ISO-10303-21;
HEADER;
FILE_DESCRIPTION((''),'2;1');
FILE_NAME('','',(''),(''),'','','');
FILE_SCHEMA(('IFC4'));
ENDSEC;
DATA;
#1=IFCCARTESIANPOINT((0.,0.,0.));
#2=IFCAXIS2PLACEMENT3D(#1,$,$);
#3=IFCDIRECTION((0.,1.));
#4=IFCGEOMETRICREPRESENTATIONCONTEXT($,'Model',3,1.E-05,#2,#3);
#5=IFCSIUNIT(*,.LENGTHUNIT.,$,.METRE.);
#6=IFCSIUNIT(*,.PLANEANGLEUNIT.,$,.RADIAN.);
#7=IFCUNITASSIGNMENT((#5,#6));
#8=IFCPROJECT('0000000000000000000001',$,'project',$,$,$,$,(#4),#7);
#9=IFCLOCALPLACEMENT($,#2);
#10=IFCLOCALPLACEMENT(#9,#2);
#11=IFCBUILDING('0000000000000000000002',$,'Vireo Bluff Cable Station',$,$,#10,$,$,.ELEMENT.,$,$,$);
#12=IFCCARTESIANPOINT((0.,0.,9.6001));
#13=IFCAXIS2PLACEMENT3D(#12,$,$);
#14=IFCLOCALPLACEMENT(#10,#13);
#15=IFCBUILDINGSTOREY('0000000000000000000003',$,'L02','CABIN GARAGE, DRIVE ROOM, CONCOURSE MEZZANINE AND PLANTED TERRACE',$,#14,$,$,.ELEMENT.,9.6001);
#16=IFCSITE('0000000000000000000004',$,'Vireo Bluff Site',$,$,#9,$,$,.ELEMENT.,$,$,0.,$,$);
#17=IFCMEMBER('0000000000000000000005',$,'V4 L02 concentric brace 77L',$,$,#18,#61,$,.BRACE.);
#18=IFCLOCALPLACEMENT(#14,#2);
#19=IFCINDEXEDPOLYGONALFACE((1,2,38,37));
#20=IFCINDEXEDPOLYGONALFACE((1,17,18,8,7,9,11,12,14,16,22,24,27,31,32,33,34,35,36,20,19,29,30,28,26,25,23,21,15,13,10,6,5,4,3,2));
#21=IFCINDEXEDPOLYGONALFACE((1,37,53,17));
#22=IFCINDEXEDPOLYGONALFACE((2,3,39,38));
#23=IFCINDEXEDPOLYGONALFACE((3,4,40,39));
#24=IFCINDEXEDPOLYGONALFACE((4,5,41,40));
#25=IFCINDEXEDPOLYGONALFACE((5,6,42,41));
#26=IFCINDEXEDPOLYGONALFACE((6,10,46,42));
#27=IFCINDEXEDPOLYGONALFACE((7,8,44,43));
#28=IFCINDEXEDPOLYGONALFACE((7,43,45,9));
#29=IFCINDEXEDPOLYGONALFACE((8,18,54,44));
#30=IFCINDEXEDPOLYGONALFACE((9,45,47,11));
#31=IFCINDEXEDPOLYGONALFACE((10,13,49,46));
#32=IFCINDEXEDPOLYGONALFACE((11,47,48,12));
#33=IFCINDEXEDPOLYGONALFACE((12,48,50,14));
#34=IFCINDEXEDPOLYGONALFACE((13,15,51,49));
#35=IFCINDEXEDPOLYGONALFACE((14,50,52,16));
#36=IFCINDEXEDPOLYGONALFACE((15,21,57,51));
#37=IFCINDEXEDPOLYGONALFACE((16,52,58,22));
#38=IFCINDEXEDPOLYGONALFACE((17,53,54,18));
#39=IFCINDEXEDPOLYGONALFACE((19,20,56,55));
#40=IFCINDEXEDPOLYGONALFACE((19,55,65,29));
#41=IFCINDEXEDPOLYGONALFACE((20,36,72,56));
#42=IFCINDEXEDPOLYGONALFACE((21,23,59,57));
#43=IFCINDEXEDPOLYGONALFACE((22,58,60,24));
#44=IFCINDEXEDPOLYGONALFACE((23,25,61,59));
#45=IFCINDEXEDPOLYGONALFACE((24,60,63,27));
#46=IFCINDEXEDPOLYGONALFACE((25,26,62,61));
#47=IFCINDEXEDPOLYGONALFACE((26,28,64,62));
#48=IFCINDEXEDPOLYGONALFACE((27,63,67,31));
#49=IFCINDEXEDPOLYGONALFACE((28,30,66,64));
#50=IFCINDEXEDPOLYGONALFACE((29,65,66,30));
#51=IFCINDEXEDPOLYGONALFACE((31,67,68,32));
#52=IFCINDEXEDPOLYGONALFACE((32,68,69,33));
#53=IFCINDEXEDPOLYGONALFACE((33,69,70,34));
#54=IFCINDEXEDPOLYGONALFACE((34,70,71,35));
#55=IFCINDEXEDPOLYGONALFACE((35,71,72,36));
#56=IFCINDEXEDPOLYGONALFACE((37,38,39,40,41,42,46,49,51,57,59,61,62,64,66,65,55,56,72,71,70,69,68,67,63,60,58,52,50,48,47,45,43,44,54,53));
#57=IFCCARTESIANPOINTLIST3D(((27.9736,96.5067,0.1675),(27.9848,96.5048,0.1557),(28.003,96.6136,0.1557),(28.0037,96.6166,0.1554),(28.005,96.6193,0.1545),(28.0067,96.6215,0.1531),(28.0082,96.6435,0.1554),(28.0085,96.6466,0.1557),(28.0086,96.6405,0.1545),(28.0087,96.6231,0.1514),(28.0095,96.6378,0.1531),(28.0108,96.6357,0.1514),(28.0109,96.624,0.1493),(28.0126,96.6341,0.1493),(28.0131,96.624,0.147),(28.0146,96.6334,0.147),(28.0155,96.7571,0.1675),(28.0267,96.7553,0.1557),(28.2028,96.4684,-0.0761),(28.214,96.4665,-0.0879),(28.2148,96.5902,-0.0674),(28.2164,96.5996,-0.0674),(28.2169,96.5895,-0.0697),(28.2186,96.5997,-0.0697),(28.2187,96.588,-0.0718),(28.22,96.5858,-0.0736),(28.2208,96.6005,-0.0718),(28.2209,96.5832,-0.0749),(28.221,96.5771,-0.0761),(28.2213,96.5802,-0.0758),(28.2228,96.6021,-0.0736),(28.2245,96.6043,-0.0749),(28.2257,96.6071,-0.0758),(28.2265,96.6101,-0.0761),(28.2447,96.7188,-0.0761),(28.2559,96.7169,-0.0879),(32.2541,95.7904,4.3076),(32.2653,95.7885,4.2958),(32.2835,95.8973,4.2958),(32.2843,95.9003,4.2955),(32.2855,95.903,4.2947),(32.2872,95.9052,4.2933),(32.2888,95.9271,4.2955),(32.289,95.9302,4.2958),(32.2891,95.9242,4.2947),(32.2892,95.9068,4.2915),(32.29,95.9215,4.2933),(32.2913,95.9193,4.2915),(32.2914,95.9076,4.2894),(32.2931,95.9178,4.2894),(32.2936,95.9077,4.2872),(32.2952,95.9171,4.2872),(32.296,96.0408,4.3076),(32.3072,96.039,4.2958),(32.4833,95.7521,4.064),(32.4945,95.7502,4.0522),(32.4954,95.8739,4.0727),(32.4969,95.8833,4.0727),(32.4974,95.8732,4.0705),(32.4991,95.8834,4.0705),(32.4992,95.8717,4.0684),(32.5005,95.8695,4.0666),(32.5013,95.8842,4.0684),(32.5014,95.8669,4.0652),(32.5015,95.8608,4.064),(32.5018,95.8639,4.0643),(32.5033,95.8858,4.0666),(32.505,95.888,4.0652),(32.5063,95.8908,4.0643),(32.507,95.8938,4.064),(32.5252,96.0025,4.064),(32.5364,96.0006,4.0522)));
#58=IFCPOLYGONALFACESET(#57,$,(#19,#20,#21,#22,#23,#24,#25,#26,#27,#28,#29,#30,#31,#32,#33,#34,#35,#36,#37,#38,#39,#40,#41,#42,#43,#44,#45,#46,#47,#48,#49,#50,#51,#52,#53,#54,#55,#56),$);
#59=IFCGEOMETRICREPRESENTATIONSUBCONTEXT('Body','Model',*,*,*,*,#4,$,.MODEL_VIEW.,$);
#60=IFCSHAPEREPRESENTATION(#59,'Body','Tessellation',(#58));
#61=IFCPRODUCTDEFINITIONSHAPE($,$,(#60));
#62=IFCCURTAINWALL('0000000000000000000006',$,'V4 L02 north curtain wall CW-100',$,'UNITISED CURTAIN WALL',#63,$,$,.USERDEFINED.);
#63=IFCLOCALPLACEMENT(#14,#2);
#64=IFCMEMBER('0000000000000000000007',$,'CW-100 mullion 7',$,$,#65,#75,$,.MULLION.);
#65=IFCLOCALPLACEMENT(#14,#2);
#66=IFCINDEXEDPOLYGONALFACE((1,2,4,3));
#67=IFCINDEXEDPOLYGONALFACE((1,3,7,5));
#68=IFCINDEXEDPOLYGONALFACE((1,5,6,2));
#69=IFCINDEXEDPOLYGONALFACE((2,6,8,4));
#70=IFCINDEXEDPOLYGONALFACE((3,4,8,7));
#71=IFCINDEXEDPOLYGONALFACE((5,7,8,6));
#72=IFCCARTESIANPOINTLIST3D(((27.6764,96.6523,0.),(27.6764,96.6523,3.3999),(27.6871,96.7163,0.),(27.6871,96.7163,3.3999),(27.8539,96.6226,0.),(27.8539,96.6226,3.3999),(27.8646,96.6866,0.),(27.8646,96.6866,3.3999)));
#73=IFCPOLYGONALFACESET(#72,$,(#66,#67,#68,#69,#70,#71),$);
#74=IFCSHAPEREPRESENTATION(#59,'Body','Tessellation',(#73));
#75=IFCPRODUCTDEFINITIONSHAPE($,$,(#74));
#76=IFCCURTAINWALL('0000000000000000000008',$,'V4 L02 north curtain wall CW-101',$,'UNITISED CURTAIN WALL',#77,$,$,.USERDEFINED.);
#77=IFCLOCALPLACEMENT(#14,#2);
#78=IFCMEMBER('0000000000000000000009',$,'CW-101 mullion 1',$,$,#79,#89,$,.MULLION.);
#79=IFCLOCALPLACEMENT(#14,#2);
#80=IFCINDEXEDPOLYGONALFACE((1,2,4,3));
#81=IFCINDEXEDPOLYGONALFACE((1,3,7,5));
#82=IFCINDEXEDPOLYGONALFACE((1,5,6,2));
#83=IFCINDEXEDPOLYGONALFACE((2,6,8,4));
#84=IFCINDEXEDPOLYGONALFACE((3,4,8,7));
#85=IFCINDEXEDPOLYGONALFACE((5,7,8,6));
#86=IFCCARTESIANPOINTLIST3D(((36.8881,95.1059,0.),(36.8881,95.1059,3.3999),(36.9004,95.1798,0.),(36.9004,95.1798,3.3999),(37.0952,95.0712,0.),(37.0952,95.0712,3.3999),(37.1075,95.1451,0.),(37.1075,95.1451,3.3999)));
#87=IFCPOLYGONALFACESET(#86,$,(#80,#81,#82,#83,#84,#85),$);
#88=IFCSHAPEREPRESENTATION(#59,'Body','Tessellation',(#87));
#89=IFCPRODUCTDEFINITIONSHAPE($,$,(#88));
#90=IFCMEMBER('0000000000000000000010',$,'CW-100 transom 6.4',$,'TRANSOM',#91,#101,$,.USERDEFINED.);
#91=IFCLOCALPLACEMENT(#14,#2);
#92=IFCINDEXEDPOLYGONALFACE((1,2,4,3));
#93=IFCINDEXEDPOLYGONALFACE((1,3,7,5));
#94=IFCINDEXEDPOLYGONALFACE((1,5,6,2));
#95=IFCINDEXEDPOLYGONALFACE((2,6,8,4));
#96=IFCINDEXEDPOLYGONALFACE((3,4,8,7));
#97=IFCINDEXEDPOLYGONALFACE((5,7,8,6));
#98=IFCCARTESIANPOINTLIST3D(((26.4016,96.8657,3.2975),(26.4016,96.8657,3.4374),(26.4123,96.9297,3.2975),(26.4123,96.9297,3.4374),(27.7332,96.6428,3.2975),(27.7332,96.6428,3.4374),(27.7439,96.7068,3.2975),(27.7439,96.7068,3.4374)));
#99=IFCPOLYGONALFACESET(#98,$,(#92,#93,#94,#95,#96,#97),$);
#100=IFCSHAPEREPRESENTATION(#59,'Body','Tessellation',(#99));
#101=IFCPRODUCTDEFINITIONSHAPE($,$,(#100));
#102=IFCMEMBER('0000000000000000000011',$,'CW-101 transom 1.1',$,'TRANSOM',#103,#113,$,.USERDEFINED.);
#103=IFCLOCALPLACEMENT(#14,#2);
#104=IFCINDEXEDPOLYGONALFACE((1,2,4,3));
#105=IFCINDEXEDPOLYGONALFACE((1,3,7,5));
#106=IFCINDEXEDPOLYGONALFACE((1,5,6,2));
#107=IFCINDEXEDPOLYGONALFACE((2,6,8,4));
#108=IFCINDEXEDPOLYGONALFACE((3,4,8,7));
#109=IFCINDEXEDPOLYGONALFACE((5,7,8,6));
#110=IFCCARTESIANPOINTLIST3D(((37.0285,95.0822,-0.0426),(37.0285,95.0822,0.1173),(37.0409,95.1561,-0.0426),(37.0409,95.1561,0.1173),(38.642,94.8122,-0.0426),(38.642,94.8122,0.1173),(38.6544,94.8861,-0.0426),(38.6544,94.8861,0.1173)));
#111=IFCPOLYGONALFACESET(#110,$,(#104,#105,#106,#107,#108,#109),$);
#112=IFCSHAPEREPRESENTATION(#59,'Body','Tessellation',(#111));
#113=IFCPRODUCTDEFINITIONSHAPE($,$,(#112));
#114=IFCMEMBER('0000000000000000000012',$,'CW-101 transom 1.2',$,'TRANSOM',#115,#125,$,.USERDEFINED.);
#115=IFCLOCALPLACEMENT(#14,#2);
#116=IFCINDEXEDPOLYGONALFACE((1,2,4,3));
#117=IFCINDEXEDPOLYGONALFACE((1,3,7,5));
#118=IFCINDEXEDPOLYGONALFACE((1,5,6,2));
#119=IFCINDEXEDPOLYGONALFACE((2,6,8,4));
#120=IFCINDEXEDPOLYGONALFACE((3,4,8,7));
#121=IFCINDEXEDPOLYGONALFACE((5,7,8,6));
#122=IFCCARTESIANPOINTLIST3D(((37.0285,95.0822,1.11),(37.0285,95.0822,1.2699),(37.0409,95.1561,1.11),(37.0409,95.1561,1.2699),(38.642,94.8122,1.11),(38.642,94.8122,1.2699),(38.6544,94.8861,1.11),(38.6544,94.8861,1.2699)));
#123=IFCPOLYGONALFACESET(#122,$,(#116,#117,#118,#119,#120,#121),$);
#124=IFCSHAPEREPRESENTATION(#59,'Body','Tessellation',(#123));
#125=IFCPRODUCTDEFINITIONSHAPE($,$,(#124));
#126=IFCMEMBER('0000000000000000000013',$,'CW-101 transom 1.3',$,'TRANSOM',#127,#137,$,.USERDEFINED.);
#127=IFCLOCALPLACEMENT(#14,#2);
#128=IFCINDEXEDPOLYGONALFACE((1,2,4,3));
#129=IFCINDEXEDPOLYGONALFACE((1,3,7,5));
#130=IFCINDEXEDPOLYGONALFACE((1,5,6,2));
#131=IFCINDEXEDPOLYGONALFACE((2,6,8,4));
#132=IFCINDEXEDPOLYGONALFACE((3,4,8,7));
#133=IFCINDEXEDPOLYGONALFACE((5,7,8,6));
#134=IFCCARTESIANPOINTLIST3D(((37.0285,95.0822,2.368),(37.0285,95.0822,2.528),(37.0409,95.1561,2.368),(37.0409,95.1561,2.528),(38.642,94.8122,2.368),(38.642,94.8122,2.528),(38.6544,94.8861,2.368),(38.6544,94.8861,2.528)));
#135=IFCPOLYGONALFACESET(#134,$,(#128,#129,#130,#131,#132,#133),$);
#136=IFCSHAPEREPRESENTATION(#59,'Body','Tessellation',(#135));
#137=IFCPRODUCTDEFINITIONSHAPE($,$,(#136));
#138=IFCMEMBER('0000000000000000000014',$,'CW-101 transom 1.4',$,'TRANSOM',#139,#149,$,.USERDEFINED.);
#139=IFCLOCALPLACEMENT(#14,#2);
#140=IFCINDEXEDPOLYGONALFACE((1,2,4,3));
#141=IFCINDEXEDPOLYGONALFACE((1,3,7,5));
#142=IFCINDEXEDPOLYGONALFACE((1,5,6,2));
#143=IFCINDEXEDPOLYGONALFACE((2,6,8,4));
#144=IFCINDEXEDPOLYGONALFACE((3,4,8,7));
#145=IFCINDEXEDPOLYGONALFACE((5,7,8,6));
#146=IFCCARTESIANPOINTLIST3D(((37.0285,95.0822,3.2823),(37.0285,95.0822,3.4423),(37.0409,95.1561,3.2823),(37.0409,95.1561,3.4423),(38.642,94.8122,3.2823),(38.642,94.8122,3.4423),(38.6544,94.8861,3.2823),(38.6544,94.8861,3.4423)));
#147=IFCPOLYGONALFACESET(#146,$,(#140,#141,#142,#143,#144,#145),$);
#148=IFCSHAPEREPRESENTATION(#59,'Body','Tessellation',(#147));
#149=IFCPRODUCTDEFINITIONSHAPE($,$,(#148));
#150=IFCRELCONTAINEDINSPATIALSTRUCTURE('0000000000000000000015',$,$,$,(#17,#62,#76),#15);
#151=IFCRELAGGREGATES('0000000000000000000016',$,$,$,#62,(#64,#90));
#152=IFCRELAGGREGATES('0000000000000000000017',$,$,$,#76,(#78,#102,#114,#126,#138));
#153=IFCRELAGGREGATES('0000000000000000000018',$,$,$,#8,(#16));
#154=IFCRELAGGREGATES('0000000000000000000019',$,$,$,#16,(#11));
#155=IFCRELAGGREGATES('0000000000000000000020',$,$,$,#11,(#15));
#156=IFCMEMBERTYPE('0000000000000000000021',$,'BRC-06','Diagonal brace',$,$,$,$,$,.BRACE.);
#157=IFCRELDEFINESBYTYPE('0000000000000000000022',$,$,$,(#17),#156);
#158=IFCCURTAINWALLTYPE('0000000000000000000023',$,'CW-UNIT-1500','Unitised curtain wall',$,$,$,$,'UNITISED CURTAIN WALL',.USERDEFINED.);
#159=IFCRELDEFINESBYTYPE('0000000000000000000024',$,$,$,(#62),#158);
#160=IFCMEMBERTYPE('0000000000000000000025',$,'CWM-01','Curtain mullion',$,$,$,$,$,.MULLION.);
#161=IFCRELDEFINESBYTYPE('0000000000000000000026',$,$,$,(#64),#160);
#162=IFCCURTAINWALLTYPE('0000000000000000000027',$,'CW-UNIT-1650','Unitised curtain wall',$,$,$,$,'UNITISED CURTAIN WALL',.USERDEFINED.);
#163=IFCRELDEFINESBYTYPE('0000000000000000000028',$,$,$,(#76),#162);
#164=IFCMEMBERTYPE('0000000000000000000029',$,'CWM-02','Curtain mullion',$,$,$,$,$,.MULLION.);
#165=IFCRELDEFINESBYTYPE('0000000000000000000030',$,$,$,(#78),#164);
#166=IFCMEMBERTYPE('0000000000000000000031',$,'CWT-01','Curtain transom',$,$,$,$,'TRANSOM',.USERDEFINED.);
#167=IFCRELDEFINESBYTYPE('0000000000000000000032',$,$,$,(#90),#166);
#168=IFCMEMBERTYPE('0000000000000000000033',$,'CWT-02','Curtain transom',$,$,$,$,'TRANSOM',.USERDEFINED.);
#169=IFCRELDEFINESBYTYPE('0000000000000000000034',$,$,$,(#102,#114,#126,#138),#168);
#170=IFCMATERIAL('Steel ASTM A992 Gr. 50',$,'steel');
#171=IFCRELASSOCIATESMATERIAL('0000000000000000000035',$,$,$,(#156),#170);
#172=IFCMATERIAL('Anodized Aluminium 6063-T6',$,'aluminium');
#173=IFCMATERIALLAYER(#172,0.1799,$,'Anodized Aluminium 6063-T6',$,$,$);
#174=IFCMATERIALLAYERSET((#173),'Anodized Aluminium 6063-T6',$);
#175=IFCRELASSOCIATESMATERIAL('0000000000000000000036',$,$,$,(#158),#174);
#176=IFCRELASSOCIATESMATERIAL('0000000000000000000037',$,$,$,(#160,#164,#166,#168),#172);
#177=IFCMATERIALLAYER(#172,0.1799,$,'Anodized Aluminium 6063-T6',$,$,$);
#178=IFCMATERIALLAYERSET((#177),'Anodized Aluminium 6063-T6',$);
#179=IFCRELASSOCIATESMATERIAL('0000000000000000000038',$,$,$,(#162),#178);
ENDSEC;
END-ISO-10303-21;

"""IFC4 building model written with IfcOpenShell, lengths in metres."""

from ifc_helpers import new_model, si_unit, direction, frame, origin, origin_2d, place, context, subcontext, project, spatial, rectangle, i_section, extrude, material, layer, layer_set, material_profile, profile_set, type_object, element, aggregate, save


model = new_model("IFC4")

# Units and contexts
model_context = context("Model", 3, precision=1e-05, world=origin(), true_north=direction((0.0, 1.0)))
body_context = subcontext(model_context, "Body", "Model", "MODEL_VIEW")
ifc_project = project(units=[si_unit("LENGTHUNIT", "METRE"), si_unit("PLANEANGLEUNIT", "RADIAN")], contexts=[model_context])

# Site, building, storey
site_placement = place(None, origin())
site = spatial("IfcSite", under=ifc_project, at=site_placement, Name="Vireo Bluff Site", CompositionType="ELEMENT", RefElevation=0.0)
building_placement = place(site_placement, origin())
building = spatial("IfcBuilding", under=site, at=building_placement, Name="Vireo Bluff Cable Station", CompositionType="ELEMENT")
storey_placement = place(building_placement, frame((0.0, 0.0, 9.6001)))
storey = spatial("IfcBuildingStorey", under=building, at=storey_placement, Name="L02", Description="CABIN GARAGE, DRIVE ROOM, CONCOURSE MEZZANINE AND PLANTED TERRACE", CompositionType="ELEMENT", Elevation=9.6001)

# Shared definitions
ifc_material_1 = material(Name="Steel ASTM A992 Gr. 50", Category="steel")

# Member
ifc_material_profile_1 = material_profile(ifc_material_1, i_section(OverallWidth=0.2539, OverallDepth=0.353, WebThickness=0.0095, FlangeThickness=0.0164, FilletRadius=0.012, at=origin_2d()), Name="W14X61")
ifc_profile_set_1 = profile_set([ifc_material_profile_1], Name="Steel ASTM A992 Gr. 50")
member_type_1 = type_object("IfcMemberType", Name="BRC-06", Description="Diagonal brace", PredefinedType="BRACE", material=ifc_profile_set_1)
member_1_placement = place(storey_placement, frame((28.1147, 96.6118, 0.0398), z_axis=(0.713651, -0.119423, 0.690247), x_axis=(0.165047, 0.986286, 0.0)))
element("IfcMember", 1, at=member_1_placement, inside=storey, type_object=member_type_1, Name="V4 L02 concentric brace 77L", PredefinedType="BRACE", context=body_context, shape_type="SweptSolid", body=[
    extrude(i_section(OverallWidth=0.2539, OverallDepth=0.353, WebThickness=0.0095, FlangeThickness=0.0164, FilletRadius=0.012, at=origin_2d()), origin(), (0.0, 0.0, 1.0), 5.998),
])

# Curtain walls, members
ifc_material_2 = material(Name="Anodized Aluminium 6063-T6", Category="aluminium")
ifc_layer_1 = layer(ifc_material_2, 0.1799, Name="Anodized Aluminium 6063-T6")
ifc_layer_set_1 = layer_set([ifc_layer_1], Name="Anodized Aluminium 6063-T6")
curtain_wall_type_1 = type_object("IfcCurtainWallType", Name="CW-UNIT-1500", Description="Unitised curtain wall", ElementType="UNITISED CURTAIN WALL", PredefinedType="USERDEFINED", material=ifc_layer_set_1)
curtain_wall_1_placement = place(storey_placement, origin())
curtain_wall_1 = element("IfcCurtainWall", 2, at=curtain_wall_1_placement, inside=storey, type_object=curtain_wall_type_1, Name="V4 L02 north curtain wall CW-100", ObjectType="UNITISED CURTAIN WALL", PredefinedType="USERDEFINED")
ifc_material_profile_2 = material_profile(ifc_material_2, rectangle(XDim=0.0649, YDim=0.1799, at=origin_2d()), Name="ALU-M-65X180")
ifc_profile_set_2 = profile_set([ifc_material_profile_2], Name="Anodized Aluminium 6063-T6")
member_type_2 = type_object("IfcMemberType", Name="CWM-01", Description="Curtain mullion", PredefinedType="MULLION", material=ifc_profile_set_2)
member_2_placement = place(storey_placement, frame((27.7705, 96.6694, 0.0), z_axis=(0.0, 0.0, 1.0), x_axis=(0.165048, 0.986286, 0.0)))
member_2 = element("IfcMember", 3, at=member_2_placement, type_object=member_type_2, Name="CW-100 mullion 7", PredefinedType="MULLION", context=body_context, shape_type="SweptSolid", body=[
    extrude(rectangle(XDim=0.0649, YDim=0.1799, at=origin_2d()), origin(), (0.0, 0.0, 1.0), 3.3999),
])
ifc_layer_2 = layer(ifc_material_2, 0.1799, Name="Anodized Aluminium 6063-T6")
ifc_layer_set_2 = layer_set([ifc_layer_2], Name="Anodized Aluminium 6063-T6")
curtain_wall_type_2 = type_object("IfcCurtainWallType", Name="CW-UNIT-1650", Description="Unitised curtain wall", ElementType="UNITISED CURTAIN WALL", PredefinedType="USERDEFINED", material=ifc_layer_set_2)
curtain_wall_2_placement = place(storey_placement, origin())
curtain_wall_2 = element("IfcCurtainWall", 4, at=curtain_wall_2_placement, inside=storey, type_object=curtain_wall_type_2, Name="V4 L02 north curtain wall CW-101", ObjectType="UNITISED CURTAIN WALL", PredefinedType="USERDEFINED")
ifc_material_profile_3 = material_profile(ifc_material_2, rectangle(XDim=0.075, YDim=0.21, at=origin_2d()), Name="ALU-M-75X210")
ifc_profile_set_3 = profile_set([ifc_material_profile_3], Name="Anodized Aluminium 6063-T6")
member_type_3 = type_object("IfcMemberType", Name="CWM-02", Description="Curtain mullion", PredefinedType="MULLION", material=ifc_profile_set_3)
member_3_placement = place(storey_placement, frame((36.9978, 95.1255, 0.0), z_axis=(0.0, 0.0, 1.0), x_axis=(0.165048, 0.986286, 0.0)))
member_3 = element("IfcMember", 5, at=member_3_placement, type_object=member_type_3, Name="CW-101 mullion 1", PredefinedType="MULLION", context=body_context, shape_type="SweptSolid", body=[
    extrude(rectangle(XDim=0.075, YDim=0.21, at=origin_2d()), origin(), (0.0, 0.0, 1.0), 3.3999),
])

# Members
ifc_material_profile_4 = material_profile(ifc_material_2, rectangle(XDim=0.0649, YDim=0.1399, at=origin_2d()), Name="ALU-T-65X140")
ifc_profile_set_4 = profile_set([ifc_material_profile_4], Name="Anodized Aluminium 6063-T6")
member_type_4 = type_object("IfcMemberType", Name="CWT-01", Description="Curtain transom", ElementType="TRANSOM", PredefinedType="USERDEFINED", material=ifc_profile_set_4)
member_4_placement = place(storey_placement, frame((26.407, 96.8977, 3.3674), z_axis=(0.986276, -0.165103, 0.0), x_axis=(0.165103, 0.986276, 0.0)))
member_4 = element("IfcMember", 6, at=member_4_placement, type_object=member_type_4, Name="CW-100 transom 6.4", ObjectType="TRANSOM", PredefinedType="USERDEFINED", context=body_context, shape_type="SweptSolid", body=[
    extrude(rectangle(XDim=0.0649, YDim=0.1399, at=origin_2d()), origin(), (0.0, 0.0, 1.0), 1.3501),
])
ifc_material_profile_5 = material_profile(ifc_material_2, rectangle(XDim=0.075, YDim=0.1599, at=origin_2d()), Name="ALU-T-75X160")
ifc_profile_set_5 = profile_set([ifc_material_profile_5], Name="Anodized Aluminium 6063-T6")
member_type_5 = type_object("IfcMemberType", Name="CWT-02", Description="Curtain transom", ElementType="TRANSOM", PredefinedType="USERDEFINED", material=ifc_profile_set_5)
member_5_placement = place(storey_placement, frame((37.0347, 95.1191, 0.0374), z_axis=(0.986285, -0.165052, 0.0), x_axis=(0.165052, 0.986285, 0.0)))
member_5 = element("IfcMember", 7, at=member_5_placement, type_object=member_type_5, Name="CW-101 transom 1.1", ObjectType="TRANSOM", PredefinedType="USERDEFINED", context=body_context, shape_type="SweptSolid", body=[
    extrude(rectangle(XDim=0.075, YDim=0.1599, at=origin_2d()), origin(), (0.0, 0.0, 1.0), 1.636),
])
member_6_placement = place(storey_placement, frame((37.0347, 95.1191, 1.1899), z_axis=(0.986285, -0.165052, 0.0), x_axis=(0.165052, 0.986285, 0.0)))
member_6 = element("IfcMember", 8, at=member_6_placement, type_object=member_type_5, Name="CW-101 transom 1.2", ObjectType="TRANSOM", PredefinedType="USERDEFINED", context=body_context, shape_type="SweptSolid", body=[
    extrude(rectangle(XDim=0.075, YDim=0.1599, at=origin_2d()), origin(), (0.0, 0.0, 1.0), 1.636),
])
member_7_placement = place(storey_placement, frame((37.0347, 95.1191, 2.448), z_axis=(0.986285, -0.165052, 0.0), x_axis=(0.165052, 0.986285, 0.0)))
member_7 = element("IfcMember", 9, at=member_7_placement, type_object=member_type_5, Name="CW-101 transom 1.3", ObjectType="TRANSOM", PredefinedType="USERDEFINED", context=body_context, shape_type="SweptSolid", body=[
    extrude(rectangle(XDim=0.075, YDim=0.1599, at=origin_2d()), origin(), (0.0, 0.0, 1.0), 1.636),
])
member_8_placement = place(storey_placement, frame((37.0347, 95.1191, 3.3623), z_axis=(0.986285, -0.165052, 0.0), x_axis=(0.165052, 0.986285, 0.0)))
member_8 = element("IfcMember", 10, at=member_8_placement, type_object=member_type_5, Name="CW-101 transom 1.4", ObjectType="TRANSOM", PredefinedType="USERDEFINED", context=body_context, shape_type="SweptSolid", body=[
    extrude(rectangle(XDim=0.075, YDim=0.1599, at=origin_2d()), origin(), (0.0, 0.0, 1.0), 1.636),
])

aggregate(curtain_wall_1, [member_2, member_4])
aggregate(curtain_wall_2, [member_3, member_5, member_6, member_7, member_8])

save(model, "model.ifc")
